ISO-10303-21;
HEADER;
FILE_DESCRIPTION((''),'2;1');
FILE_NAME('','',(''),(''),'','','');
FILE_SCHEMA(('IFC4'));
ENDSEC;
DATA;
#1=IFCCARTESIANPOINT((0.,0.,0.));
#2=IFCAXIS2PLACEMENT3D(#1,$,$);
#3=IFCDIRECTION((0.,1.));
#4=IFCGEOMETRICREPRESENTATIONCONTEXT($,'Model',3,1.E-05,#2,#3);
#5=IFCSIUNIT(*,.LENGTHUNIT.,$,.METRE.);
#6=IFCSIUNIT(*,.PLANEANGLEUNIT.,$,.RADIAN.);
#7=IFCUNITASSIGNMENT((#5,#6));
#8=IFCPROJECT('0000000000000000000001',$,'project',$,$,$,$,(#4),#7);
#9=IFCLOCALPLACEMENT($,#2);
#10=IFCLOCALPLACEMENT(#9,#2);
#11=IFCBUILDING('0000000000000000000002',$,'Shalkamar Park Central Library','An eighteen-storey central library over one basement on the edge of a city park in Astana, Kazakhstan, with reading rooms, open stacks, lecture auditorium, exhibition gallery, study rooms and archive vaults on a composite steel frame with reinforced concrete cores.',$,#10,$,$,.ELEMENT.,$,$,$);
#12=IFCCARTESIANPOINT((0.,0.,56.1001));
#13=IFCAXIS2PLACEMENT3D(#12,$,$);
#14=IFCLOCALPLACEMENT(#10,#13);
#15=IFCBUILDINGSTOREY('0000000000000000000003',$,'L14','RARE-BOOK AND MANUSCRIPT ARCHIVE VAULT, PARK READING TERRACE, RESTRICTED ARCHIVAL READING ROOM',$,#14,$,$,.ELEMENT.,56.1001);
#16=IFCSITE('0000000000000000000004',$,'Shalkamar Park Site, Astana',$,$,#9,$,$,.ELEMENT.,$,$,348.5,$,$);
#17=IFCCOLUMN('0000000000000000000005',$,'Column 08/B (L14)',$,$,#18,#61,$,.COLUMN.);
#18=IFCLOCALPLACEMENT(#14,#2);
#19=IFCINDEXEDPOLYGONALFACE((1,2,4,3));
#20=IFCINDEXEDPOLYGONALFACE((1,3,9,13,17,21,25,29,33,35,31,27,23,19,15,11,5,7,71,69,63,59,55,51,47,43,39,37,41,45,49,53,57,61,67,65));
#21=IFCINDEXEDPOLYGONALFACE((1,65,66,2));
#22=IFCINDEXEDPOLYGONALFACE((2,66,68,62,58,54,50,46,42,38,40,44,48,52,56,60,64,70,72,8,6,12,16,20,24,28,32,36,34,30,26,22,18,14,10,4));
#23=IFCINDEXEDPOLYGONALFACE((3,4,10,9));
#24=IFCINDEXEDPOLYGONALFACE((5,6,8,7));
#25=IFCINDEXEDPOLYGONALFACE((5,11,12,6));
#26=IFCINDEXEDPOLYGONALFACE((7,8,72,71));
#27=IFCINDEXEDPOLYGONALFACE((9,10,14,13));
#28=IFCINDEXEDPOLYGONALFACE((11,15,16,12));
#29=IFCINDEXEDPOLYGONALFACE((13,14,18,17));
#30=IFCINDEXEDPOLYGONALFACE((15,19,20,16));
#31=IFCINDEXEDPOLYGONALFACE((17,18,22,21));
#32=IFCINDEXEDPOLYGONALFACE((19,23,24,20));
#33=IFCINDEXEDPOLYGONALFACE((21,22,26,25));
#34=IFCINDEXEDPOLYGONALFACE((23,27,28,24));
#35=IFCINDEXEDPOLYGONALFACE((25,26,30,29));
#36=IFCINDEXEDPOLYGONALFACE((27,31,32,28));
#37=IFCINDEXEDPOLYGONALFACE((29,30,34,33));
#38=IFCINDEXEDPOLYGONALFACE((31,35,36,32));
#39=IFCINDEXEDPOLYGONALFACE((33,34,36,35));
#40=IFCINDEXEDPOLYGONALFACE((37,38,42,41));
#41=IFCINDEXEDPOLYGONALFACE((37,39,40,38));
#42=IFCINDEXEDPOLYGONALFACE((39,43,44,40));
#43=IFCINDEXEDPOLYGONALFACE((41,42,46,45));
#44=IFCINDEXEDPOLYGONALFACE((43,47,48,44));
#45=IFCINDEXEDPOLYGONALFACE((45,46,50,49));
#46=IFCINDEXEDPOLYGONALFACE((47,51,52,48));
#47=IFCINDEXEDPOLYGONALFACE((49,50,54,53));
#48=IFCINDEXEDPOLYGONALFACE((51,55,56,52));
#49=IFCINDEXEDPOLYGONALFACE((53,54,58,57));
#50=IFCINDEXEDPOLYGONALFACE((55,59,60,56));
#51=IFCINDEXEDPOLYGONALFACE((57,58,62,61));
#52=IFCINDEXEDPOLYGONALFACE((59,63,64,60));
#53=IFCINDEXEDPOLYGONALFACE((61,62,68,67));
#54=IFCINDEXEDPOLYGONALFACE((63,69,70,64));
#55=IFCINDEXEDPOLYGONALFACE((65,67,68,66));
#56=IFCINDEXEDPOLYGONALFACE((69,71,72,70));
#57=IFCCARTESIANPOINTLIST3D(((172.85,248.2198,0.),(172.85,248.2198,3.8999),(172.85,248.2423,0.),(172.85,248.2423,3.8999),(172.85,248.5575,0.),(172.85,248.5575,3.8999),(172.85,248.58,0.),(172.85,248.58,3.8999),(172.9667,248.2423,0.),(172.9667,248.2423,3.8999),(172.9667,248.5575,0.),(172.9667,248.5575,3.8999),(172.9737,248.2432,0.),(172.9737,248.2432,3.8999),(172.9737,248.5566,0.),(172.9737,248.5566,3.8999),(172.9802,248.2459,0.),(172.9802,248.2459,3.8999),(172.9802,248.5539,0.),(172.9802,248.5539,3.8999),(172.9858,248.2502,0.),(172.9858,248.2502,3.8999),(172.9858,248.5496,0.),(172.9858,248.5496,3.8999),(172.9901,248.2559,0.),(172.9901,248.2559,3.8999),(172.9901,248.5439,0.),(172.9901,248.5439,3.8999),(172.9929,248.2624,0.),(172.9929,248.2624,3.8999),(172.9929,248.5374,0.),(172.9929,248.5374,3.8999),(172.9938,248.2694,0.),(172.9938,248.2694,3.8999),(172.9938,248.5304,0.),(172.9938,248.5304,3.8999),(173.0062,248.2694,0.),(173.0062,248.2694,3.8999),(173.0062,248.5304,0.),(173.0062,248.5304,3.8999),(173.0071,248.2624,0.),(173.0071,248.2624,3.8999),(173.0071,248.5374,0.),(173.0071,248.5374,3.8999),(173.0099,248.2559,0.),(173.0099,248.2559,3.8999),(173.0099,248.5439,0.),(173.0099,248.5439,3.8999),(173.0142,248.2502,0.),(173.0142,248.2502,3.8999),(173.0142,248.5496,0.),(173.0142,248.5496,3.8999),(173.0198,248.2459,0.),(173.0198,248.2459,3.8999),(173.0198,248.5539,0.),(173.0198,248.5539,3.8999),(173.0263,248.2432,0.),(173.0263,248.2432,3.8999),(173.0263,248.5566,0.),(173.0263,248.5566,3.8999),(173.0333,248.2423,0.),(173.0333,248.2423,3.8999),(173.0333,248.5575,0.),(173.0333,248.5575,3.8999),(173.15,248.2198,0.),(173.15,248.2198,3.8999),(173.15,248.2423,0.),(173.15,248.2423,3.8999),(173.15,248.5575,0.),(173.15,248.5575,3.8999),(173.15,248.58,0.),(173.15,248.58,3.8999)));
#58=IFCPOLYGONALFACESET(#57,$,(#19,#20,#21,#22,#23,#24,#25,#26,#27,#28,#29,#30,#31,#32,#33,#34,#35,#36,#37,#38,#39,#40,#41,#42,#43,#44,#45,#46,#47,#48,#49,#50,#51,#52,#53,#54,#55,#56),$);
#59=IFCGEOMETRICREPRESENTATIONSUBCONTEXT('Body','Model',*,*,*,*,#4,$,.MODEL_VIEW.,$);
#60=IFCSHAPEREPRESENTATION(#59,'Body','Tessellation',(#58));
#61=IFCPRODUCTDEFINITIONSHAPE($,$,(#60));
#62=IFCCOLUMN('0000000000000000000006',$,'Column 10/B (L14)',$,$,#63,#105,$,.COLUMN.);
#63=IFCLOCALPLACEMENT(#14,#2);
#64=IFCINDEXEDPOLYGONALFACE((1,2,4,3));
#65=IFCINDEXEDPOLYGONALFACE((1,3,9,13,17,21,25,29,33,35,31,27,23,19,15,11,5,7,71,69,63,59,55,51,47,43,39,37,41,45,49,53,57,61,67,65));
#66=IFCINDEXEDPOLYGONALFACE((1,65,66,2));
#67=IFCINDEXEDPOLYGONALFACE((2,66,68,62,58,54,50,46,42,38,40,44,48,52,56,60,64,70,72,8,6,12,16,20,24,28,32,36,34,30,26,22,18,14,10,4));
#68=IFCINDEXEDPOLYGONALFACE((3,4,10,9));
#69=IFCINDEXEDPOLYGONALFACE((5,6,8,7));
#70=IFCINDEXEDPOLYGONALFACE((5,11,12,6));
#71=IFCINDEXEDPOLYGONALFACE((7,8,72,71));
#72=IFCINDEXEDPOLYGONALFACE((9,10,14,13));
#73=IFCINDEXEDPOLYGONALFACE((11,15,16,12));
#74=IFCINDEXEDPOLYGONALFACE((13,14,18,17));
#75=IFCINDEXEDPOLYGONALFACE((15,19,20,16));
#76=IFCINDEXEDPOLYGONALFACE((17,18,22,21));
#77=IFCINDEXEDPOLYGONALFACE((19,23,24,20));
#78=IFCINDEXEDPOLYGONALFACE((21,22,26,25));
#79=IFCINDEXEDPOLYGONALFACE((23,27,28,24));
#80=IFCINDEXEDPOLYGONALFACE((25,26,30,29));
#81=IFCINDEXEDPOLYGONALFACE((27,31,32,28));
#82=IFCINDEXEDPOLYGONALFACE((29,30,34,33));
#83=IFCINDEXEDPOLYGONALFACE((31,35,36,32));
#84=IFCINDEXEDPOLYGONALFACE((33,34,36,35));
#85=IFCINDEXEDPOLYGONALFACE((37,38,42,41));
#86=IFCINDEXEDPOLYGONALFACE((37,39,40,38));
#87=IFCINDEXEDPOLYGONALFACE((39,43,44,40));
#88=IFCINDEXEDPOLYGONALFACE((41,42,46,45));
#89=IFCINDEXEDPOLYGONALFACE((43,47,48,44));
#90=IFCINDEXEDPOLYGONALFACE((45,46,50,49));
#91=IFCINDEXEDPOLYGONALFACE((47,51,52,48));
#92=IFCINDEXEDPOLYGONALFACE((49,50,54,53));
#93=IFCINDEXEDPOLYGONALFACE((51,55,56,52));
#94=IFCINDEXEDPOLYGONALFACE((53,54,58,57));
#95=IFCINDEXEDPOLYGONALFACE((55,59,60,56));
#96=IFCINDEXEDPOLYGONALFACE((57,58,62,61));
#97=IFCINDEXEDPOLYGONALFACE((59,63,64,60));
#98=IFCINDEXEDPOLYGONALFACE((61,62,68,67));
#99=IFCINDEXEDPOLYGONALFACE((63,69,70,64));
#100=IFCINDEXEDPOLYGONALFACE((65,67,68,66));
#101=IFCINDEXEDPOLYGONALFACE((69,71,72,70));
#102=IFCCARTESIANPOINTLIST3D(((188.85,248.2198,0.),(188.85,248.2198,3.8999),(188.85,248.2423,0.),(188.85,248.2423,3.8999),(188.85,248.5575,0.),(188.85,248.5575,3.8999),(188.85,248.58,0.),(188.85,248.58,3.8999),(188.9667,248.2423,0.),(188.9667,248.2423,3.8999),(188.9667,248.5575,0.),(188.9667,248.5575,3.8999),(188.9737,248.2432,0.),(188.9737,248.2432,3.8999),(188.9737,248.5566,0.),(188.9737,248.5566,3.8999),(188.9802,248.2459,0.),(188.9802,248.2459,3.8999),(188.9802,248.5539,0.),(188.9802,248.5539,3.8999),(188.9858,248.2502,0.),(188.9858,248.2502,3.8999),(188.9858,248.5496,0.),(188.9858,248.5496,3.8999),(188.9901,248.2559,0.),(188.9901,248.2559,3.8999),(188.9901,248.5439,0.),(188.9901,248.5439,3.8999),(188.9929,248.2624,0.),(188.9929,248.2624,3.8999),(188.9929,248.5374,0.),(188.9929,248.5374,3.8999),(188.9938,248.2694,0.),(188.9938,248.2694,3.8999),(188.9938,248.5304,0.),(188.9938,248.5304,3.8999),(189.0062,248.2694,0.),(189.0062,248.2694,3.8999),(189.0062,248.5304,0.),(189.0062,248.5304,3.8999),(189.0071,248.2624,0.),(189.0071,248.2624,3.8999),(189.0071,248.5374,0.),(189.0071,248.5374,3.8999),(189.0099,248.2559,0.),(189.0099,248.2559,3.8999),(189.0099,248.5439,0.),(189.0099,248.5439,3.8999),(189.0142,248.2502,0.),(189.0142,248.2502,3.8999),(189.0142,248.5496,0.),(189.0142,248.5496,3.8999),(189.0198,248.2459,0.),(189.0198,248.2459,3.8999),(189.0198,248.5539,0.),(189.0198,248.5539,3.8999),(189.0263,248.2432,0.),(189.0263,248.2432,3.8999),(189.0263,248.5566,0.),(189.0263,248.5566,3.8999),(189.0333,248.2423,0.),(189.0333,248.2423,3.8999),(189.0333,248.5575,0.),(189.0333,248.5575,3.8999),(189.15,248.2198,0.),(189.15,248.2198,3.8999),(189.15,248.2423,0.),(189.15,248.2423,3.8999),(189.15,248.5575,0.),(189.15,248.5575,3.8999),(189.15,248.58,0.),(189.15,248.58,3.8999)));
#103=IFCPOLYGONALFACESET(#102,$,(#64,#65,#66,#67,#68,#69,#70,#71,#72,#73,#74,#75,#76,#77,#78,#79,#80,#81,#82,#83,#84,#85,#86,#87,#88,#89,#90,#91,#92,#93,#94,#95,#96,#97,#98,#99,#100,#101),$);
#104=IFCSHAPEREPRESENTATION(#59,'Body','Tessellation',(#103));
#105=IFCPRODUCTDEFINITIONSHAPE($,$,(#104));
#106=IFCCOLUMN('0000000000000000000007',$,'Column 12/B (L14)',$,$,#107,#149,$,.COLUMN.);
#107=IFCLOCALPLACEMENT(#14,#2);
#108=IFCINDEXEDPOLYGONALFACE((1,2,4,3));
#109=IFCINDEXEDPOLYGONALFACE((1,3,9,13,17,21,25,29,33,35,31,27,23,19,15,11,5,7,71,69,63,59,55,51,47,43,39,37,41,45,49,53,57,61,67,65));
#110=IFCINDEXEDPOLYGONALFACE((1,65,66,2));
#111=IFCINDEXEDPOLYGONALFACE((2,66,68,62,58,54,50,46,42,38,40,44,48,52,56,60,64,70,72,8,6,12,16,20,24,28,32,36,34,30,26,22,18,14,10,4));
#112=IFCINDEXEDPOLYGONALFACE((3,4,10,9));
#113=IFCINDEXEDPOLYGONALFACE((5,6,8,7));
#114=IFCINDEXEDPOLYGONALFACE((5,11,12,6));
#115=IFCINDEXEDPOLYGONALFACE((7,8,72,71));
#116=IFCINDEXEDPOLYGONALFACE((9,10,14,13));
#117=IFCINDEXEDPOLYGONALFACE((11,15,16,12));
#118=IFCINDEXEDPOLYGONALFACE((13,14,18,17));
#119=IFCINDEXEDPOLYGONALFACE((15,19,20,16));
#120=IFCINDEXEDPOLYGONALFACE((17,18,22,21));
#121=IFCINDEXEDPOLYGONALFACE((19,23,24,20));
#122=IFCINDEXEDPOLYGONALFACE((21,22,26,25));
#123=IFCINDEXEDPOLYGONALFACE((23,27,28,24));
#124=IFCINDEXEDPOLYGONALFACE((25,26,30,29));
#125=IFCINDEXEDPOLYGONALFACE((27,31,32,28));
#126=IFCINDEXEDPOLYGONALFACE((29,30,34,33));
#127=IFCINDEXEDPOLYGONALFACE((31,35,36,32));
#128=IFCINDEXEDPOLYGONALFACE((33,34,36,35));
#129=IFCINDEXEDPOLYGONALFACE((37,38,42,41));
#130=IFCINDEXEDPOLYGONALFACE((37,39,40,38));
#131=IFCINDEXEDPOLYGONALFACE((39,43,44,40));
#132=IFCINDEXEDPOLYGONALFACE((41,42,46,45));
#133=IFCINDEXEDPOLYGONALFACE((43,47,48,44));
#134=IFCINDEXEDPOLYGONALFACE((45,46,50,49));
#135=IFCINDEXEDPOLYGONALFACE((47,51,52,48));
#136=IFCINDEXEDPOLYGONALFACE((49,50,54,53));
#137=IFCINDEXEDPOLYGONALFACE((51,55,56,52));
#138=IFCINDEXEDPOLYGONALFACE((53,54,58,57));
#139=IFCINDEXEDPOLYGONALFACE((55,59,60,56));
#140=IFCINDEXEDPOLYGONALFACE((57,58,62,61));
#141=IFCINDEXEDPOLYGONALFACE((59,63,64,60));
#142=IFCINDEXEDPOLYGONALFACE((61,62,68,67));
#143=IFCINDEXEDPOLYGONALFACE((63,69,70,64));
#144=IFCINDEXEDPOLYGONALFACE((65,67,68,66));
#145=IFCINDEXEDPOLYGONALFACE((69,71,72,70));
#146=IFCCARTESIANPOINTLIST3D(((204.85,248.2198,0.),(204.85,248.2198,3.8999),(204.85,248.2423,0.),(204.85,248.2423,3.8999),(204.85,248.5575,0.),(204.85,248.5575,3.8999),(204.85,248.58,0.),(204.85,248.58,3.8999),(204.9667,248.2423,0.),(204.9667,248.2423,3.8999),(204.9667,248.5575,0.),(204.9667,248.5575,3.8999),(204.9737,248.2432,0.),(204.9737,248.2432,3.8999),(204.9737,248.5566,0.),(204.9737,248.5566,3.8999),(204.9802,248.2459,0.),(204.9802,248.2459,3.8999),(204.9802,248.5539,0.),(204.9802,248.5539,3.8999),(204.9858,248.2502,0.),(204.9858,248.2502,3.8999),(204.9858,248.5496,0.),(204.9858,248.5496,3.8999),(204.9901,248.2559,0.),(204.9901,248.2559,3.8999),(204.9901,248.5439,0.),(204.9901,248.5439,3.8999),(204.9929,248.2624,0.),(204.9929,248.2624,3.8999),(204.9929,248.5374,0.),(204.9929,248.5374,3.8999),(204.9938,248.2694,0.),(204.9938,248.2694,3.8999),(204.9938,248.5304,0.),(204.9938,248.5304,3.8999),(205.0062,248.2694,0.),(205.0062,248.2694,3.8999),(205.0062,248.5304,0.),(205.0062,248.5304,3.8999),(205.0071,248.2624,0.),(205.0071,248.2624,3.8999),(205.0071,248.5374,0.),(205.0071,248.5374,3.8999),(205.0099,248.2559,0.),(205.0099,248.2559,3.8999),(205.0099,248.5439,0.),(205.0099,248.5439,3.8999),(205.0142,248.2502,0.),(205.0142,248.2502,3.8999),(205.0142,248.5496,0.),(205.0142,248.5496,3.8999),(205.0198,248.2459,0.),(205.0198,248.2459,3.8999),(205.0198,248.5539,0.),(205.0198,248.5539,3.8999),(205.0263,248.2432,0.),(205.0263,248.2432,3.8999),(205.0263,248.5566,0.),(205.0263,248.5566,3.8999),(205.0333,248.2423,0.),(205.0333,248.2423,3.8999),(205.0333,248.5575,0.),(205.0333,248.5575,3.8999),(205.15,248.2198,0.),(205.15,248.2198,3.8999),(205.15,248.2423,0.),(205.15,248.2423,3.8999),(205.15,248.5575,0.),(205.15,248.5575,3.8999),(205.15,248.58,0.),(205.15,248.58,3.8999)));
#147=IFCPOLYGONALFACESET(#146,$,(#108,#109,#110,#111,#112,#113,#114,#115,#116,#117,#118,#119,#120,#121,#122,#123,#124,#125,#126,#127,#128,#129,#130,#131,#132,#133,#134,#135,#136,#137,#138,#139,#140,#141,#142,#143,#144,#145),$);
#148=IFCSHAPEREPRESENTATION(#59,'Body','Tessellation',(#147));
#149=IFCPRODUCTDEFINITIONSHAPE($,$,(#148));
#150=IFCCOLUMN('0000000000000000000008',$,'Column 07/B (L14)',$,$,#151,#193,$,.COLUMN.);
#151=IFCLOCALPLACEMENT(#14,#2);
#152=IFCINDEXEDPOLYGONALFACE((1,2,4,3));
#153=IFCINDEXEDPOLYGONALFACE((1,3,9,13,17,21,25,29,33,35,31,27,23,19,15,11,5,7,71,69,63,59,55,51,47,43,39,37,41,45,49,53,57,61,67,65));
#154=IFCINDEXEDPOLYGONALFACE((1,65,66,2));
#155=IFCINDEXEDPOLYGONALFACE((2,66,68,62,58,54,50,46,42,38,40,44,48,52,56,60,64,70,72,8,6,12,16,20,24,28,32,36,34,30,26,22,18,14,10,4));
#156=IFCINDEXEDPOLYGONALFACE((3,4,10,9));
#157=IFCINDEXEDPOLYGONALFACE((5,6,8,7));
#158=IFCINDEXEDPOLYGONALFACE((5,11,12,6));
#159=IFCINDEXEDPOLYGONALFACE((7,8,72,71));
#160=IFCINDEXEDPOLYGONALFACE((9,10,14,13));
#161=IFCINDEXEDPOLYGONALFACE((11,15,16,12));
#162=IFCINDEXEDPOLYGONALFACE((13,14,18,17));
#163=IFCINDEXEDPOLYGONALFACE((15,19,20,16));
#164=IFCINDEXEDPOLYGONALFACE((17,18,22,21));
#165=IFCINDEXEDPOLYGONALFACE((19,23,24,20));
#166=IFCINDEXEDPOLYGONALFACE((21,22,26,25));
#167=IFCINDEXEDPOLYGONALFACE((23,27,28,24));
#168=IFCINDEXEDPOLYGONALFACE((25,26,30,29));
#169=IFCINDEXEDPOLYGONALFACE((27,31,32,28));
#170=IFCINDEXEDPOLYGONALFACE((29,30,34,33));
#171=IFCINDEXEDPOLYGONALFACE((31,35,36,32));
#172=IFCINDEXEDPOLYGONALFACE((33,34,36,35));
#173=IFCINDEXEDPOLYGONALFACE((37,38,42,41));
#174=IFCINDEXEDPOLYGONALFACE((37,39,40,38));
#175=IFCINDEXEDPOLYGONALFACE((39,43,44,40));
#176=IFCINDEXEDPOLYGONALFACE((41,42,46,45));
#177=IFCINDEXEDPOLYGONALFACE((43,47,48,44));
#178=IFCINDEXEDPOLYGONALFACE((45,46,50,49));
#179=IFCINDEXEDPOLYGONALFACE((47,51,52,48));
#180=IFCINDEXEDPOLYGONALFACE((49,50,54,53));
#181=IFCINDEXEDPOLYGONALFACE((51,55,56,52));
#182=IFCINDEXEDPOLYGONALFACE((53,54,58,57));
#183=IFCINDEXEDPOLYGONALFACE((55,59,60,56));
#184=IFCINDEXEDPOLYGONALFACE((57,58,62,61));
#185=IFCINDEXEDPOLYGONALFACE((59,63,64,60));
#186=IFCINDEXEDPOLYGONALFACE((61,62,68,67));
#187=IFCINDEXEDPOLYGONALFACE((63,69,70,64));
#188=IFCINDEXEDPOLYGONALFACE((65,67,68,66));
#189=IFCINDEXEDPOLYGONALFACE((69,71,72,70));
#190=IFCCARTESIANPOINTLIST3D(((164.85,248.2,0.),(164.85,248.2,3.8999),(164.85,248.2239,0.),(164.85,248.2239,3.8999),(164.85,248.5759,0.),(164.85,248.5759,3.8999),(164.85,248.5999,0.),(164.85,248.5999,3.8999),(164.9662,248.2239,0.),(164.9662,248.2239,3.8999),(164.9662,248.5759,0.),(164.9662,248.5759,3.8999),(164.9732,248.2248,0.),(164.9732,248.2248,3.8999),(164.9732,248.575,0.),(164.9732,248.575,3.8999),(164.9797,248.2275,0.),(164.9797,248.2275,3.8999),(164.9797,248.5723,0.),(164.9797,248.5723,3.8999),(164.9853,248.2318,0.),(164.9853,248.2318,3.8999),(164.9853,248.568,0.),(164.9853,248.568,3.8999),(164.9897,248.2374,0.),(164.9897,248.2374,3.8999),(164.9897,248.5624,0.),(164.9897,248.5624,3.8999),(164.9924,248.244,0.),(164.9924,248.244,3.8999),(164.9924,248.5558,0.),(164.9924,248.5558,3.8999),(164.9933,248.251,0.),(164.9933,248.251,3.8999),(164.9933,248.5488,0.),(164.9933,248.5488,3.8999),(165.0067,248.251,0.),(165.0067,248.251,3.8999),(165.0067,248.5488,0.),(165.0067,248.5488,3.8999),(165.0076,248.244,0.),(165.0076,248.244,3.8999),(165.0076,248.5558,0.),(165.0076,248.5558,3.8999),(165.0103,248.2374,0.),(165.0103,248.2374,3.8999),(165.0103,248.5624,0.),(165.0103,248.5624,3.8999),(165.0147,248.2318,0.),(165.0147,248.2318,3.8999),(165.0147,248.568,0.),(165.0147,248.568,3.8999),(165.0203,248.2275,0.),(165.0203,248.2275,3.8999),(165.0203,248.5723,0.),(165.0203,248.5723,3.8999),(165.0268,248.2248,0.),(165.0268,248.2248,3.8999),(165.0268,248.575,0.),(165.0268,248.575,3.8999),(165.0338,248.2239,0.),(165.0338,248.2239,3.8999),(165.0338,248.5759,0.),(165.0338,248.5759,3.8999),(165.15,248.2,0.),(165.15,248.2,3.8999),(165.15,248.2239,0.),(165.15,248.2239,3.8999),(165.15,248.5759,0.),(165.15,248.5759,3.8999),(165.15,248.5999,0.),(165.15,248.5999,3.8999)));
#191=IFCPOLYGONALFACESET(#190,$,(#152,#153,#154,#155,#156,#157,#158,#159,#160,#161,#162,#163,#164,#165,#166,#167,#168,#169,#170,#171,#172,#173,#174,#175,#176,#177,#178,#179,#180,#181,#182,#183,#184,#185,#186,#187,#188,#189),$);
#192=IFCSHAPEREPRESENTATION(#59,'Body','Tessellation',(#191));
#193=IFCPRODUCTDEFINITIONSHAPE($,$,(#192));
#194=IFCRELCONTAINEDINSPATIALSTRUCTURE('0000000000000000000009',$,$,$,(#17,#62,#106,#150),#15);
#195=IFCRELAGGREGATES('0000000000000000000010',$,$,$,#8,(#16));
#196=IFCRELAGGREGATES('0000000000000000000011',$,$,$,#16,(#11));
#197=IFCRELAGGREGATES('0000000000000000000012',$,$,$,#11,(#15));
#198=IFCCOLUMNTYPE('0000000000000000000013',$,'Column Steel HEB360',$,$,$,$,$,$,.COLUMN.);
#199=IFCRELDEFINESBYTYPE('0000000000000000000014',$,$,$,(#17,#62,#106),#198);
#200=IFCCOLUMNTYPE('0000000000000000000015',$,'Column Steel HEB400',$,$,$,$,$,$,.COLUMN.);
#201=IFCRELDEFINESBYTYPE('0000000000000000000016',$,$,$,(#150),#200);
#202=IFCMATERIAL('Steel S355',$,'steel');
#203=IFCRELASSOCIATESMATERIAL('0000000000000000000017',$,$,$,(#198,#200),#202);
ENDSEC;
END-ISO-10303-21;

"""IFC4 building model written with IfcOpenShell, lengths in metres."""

from ifc_helpers import new_model, si_unit, direction, frame, origin, origin_2d, place, context, subcontext, project, spatial, i_section, extrude, material, material_profile, profile_set, type_object, element, save


model = new_model("IFC4")

# Units and contexts
model_context = context("Model", 3, precision=1e-05, world=origin(), true_north=direction((0.0, 1.0)))
body_context = subcontext(model_context, "Body", "Model", "MODEL_VIEW")
ifc_project = project(units=[si_unit("LENGTHUNIT", "METRE"), si_unit("PLANEANGLEUNIT", "RADIAN")], contexts=[model_context])

# Site, building, storey
site_placement = place(None, origin())
site = spatial("IfcSite", under=ifc_project, at=site_placement, Name="Shalkamar Park Site, Astana", CompositionType="ELEMENT", RefElevation=348.5)
building_placement = place(site_placement, origin())
building = spatial("IfcBuilding", under=site, at=building_placement, Name="Shalkamar Park Central Library", Description="An eighteen-storey central library over one basement on the edge of a city park in Astana, Kazakhstan, with reading rooms, open stacks, lecture auditorium, exhibition gallery, study rooms and archive vaults on a composite steel frame with reinforced concrete cores.", CompositionType="ELEMENT")
storey_placement = place(building_placement, frame((0.0, 0.0, 56.1001)))
storey = spatial("IfcBuildingStorey", under=building, at=storey_placement, Name="L14", Description="RARE-BOOK AND MANUSCRIPT ARCHIVE VAULT, PARK READING TERRACE, RESTRICTED ARCHIVAL READING ROOM", CompositionType="ELEMENT", Elevation=56.1001)

# Columns
ifc_material_1 = material(Name="Steel S355", Category="steel")
ifc_material_profile_1 = material_profile(ifc_material_1, i_section(OverallWidth=0.3, OverallDepth=0.3601, WebThickness=0.0125, FlangeThickness=0.0225, FilletRadius=0.0271, at=origin_2d()), Name="HEB 360")
ifc_profile_set_1 = profile_set([ifc_material_profile_1], Name="Steel S355")
column_type_1 = type_object("IfcColumnType", Name="Column Steel HEB360", PredefinedType="COLUMN", material=ifc_profile_set_1)
for number, where, z_axis, x_axis, name in (
    (1, (173.0, 248.3999, 0.0), (0.0, 0.0, 1.0), (1.0, 0.0, 0.0), "Column 08/B (L14)"),
    (2, (189.0, 248.3999, 0.0), (0.0, 0.0, 1.0), (1.0, 0.0, 0.0), "Column 10/B (L14)"),
    (3, (205.0, 248.3999, 0.0), (0.0, 0.0, 1.0), (1.0, 0.0, 0.0), "Column 12/B (L14)"),
):
    element("IfcColumn", number, at=place(storey_placement, frame(where, z_axis=z_axis, x_axis=x_axis)), inside=storey, type_object=column_type_1, Name=name, PredefinedType="COLUMN", context=body_context, shape_type="SweptSolid", body=[
        extrude(i_section(OverallWidth=0.3, OverallDepth=0.3601, WebThickness=0.0125, FlangeThickness=0.0225, FilletRadius=0.0271, at=origin_2d()), origin(), (0.0, 0.0, 1.0), 3.8999),
    ])
ifc_material_profile_2 = material_profile(ifc_material_1, i_section(OverallWidth=0.3, OverallDepth=0.3999, WebThickness=0.0134, FlangeThickness=0.0239, FilletRadius=0.0271, at=origin_2d()), Name="HEB 400")
ifc_profile_set_2 = profile_set([ifc_material_profile_2], Name="Steel S355")
column_type_2 = type_object("IfcColumnType", Name="Column Steel HEB400", PredefinedType="COLUMN", material=ifc_profile_set_2)
for number, where, z_axis, x_axis, name in (
    (4, (165.0, 248.3999, 0.0), (0.0, 0.0, 1.0), (1.0, 0.0, 0.0), "Column 07/B (L14)"),
):
    element("IfcColumn", number, at=place(storey_placement, frame(where, z_axis=z_axis, x_axis=x_axis)), inside=storey, type_object=column_type_2, Name=name, PredefinedType="COLUMN", context=body_context, shape_type="SweptSolid", body=[
        extrude(i_section(OverallWidth=0.3, OverallDepth=0.3999, WebThickness=0.0134, FlangeThickness=0.0239, FilletRadius=0.0271, at=origin_2d()), origin(), (0.0, 0.0, 1.0), 3.8999),
    ])

save(model, "model.ifc")
